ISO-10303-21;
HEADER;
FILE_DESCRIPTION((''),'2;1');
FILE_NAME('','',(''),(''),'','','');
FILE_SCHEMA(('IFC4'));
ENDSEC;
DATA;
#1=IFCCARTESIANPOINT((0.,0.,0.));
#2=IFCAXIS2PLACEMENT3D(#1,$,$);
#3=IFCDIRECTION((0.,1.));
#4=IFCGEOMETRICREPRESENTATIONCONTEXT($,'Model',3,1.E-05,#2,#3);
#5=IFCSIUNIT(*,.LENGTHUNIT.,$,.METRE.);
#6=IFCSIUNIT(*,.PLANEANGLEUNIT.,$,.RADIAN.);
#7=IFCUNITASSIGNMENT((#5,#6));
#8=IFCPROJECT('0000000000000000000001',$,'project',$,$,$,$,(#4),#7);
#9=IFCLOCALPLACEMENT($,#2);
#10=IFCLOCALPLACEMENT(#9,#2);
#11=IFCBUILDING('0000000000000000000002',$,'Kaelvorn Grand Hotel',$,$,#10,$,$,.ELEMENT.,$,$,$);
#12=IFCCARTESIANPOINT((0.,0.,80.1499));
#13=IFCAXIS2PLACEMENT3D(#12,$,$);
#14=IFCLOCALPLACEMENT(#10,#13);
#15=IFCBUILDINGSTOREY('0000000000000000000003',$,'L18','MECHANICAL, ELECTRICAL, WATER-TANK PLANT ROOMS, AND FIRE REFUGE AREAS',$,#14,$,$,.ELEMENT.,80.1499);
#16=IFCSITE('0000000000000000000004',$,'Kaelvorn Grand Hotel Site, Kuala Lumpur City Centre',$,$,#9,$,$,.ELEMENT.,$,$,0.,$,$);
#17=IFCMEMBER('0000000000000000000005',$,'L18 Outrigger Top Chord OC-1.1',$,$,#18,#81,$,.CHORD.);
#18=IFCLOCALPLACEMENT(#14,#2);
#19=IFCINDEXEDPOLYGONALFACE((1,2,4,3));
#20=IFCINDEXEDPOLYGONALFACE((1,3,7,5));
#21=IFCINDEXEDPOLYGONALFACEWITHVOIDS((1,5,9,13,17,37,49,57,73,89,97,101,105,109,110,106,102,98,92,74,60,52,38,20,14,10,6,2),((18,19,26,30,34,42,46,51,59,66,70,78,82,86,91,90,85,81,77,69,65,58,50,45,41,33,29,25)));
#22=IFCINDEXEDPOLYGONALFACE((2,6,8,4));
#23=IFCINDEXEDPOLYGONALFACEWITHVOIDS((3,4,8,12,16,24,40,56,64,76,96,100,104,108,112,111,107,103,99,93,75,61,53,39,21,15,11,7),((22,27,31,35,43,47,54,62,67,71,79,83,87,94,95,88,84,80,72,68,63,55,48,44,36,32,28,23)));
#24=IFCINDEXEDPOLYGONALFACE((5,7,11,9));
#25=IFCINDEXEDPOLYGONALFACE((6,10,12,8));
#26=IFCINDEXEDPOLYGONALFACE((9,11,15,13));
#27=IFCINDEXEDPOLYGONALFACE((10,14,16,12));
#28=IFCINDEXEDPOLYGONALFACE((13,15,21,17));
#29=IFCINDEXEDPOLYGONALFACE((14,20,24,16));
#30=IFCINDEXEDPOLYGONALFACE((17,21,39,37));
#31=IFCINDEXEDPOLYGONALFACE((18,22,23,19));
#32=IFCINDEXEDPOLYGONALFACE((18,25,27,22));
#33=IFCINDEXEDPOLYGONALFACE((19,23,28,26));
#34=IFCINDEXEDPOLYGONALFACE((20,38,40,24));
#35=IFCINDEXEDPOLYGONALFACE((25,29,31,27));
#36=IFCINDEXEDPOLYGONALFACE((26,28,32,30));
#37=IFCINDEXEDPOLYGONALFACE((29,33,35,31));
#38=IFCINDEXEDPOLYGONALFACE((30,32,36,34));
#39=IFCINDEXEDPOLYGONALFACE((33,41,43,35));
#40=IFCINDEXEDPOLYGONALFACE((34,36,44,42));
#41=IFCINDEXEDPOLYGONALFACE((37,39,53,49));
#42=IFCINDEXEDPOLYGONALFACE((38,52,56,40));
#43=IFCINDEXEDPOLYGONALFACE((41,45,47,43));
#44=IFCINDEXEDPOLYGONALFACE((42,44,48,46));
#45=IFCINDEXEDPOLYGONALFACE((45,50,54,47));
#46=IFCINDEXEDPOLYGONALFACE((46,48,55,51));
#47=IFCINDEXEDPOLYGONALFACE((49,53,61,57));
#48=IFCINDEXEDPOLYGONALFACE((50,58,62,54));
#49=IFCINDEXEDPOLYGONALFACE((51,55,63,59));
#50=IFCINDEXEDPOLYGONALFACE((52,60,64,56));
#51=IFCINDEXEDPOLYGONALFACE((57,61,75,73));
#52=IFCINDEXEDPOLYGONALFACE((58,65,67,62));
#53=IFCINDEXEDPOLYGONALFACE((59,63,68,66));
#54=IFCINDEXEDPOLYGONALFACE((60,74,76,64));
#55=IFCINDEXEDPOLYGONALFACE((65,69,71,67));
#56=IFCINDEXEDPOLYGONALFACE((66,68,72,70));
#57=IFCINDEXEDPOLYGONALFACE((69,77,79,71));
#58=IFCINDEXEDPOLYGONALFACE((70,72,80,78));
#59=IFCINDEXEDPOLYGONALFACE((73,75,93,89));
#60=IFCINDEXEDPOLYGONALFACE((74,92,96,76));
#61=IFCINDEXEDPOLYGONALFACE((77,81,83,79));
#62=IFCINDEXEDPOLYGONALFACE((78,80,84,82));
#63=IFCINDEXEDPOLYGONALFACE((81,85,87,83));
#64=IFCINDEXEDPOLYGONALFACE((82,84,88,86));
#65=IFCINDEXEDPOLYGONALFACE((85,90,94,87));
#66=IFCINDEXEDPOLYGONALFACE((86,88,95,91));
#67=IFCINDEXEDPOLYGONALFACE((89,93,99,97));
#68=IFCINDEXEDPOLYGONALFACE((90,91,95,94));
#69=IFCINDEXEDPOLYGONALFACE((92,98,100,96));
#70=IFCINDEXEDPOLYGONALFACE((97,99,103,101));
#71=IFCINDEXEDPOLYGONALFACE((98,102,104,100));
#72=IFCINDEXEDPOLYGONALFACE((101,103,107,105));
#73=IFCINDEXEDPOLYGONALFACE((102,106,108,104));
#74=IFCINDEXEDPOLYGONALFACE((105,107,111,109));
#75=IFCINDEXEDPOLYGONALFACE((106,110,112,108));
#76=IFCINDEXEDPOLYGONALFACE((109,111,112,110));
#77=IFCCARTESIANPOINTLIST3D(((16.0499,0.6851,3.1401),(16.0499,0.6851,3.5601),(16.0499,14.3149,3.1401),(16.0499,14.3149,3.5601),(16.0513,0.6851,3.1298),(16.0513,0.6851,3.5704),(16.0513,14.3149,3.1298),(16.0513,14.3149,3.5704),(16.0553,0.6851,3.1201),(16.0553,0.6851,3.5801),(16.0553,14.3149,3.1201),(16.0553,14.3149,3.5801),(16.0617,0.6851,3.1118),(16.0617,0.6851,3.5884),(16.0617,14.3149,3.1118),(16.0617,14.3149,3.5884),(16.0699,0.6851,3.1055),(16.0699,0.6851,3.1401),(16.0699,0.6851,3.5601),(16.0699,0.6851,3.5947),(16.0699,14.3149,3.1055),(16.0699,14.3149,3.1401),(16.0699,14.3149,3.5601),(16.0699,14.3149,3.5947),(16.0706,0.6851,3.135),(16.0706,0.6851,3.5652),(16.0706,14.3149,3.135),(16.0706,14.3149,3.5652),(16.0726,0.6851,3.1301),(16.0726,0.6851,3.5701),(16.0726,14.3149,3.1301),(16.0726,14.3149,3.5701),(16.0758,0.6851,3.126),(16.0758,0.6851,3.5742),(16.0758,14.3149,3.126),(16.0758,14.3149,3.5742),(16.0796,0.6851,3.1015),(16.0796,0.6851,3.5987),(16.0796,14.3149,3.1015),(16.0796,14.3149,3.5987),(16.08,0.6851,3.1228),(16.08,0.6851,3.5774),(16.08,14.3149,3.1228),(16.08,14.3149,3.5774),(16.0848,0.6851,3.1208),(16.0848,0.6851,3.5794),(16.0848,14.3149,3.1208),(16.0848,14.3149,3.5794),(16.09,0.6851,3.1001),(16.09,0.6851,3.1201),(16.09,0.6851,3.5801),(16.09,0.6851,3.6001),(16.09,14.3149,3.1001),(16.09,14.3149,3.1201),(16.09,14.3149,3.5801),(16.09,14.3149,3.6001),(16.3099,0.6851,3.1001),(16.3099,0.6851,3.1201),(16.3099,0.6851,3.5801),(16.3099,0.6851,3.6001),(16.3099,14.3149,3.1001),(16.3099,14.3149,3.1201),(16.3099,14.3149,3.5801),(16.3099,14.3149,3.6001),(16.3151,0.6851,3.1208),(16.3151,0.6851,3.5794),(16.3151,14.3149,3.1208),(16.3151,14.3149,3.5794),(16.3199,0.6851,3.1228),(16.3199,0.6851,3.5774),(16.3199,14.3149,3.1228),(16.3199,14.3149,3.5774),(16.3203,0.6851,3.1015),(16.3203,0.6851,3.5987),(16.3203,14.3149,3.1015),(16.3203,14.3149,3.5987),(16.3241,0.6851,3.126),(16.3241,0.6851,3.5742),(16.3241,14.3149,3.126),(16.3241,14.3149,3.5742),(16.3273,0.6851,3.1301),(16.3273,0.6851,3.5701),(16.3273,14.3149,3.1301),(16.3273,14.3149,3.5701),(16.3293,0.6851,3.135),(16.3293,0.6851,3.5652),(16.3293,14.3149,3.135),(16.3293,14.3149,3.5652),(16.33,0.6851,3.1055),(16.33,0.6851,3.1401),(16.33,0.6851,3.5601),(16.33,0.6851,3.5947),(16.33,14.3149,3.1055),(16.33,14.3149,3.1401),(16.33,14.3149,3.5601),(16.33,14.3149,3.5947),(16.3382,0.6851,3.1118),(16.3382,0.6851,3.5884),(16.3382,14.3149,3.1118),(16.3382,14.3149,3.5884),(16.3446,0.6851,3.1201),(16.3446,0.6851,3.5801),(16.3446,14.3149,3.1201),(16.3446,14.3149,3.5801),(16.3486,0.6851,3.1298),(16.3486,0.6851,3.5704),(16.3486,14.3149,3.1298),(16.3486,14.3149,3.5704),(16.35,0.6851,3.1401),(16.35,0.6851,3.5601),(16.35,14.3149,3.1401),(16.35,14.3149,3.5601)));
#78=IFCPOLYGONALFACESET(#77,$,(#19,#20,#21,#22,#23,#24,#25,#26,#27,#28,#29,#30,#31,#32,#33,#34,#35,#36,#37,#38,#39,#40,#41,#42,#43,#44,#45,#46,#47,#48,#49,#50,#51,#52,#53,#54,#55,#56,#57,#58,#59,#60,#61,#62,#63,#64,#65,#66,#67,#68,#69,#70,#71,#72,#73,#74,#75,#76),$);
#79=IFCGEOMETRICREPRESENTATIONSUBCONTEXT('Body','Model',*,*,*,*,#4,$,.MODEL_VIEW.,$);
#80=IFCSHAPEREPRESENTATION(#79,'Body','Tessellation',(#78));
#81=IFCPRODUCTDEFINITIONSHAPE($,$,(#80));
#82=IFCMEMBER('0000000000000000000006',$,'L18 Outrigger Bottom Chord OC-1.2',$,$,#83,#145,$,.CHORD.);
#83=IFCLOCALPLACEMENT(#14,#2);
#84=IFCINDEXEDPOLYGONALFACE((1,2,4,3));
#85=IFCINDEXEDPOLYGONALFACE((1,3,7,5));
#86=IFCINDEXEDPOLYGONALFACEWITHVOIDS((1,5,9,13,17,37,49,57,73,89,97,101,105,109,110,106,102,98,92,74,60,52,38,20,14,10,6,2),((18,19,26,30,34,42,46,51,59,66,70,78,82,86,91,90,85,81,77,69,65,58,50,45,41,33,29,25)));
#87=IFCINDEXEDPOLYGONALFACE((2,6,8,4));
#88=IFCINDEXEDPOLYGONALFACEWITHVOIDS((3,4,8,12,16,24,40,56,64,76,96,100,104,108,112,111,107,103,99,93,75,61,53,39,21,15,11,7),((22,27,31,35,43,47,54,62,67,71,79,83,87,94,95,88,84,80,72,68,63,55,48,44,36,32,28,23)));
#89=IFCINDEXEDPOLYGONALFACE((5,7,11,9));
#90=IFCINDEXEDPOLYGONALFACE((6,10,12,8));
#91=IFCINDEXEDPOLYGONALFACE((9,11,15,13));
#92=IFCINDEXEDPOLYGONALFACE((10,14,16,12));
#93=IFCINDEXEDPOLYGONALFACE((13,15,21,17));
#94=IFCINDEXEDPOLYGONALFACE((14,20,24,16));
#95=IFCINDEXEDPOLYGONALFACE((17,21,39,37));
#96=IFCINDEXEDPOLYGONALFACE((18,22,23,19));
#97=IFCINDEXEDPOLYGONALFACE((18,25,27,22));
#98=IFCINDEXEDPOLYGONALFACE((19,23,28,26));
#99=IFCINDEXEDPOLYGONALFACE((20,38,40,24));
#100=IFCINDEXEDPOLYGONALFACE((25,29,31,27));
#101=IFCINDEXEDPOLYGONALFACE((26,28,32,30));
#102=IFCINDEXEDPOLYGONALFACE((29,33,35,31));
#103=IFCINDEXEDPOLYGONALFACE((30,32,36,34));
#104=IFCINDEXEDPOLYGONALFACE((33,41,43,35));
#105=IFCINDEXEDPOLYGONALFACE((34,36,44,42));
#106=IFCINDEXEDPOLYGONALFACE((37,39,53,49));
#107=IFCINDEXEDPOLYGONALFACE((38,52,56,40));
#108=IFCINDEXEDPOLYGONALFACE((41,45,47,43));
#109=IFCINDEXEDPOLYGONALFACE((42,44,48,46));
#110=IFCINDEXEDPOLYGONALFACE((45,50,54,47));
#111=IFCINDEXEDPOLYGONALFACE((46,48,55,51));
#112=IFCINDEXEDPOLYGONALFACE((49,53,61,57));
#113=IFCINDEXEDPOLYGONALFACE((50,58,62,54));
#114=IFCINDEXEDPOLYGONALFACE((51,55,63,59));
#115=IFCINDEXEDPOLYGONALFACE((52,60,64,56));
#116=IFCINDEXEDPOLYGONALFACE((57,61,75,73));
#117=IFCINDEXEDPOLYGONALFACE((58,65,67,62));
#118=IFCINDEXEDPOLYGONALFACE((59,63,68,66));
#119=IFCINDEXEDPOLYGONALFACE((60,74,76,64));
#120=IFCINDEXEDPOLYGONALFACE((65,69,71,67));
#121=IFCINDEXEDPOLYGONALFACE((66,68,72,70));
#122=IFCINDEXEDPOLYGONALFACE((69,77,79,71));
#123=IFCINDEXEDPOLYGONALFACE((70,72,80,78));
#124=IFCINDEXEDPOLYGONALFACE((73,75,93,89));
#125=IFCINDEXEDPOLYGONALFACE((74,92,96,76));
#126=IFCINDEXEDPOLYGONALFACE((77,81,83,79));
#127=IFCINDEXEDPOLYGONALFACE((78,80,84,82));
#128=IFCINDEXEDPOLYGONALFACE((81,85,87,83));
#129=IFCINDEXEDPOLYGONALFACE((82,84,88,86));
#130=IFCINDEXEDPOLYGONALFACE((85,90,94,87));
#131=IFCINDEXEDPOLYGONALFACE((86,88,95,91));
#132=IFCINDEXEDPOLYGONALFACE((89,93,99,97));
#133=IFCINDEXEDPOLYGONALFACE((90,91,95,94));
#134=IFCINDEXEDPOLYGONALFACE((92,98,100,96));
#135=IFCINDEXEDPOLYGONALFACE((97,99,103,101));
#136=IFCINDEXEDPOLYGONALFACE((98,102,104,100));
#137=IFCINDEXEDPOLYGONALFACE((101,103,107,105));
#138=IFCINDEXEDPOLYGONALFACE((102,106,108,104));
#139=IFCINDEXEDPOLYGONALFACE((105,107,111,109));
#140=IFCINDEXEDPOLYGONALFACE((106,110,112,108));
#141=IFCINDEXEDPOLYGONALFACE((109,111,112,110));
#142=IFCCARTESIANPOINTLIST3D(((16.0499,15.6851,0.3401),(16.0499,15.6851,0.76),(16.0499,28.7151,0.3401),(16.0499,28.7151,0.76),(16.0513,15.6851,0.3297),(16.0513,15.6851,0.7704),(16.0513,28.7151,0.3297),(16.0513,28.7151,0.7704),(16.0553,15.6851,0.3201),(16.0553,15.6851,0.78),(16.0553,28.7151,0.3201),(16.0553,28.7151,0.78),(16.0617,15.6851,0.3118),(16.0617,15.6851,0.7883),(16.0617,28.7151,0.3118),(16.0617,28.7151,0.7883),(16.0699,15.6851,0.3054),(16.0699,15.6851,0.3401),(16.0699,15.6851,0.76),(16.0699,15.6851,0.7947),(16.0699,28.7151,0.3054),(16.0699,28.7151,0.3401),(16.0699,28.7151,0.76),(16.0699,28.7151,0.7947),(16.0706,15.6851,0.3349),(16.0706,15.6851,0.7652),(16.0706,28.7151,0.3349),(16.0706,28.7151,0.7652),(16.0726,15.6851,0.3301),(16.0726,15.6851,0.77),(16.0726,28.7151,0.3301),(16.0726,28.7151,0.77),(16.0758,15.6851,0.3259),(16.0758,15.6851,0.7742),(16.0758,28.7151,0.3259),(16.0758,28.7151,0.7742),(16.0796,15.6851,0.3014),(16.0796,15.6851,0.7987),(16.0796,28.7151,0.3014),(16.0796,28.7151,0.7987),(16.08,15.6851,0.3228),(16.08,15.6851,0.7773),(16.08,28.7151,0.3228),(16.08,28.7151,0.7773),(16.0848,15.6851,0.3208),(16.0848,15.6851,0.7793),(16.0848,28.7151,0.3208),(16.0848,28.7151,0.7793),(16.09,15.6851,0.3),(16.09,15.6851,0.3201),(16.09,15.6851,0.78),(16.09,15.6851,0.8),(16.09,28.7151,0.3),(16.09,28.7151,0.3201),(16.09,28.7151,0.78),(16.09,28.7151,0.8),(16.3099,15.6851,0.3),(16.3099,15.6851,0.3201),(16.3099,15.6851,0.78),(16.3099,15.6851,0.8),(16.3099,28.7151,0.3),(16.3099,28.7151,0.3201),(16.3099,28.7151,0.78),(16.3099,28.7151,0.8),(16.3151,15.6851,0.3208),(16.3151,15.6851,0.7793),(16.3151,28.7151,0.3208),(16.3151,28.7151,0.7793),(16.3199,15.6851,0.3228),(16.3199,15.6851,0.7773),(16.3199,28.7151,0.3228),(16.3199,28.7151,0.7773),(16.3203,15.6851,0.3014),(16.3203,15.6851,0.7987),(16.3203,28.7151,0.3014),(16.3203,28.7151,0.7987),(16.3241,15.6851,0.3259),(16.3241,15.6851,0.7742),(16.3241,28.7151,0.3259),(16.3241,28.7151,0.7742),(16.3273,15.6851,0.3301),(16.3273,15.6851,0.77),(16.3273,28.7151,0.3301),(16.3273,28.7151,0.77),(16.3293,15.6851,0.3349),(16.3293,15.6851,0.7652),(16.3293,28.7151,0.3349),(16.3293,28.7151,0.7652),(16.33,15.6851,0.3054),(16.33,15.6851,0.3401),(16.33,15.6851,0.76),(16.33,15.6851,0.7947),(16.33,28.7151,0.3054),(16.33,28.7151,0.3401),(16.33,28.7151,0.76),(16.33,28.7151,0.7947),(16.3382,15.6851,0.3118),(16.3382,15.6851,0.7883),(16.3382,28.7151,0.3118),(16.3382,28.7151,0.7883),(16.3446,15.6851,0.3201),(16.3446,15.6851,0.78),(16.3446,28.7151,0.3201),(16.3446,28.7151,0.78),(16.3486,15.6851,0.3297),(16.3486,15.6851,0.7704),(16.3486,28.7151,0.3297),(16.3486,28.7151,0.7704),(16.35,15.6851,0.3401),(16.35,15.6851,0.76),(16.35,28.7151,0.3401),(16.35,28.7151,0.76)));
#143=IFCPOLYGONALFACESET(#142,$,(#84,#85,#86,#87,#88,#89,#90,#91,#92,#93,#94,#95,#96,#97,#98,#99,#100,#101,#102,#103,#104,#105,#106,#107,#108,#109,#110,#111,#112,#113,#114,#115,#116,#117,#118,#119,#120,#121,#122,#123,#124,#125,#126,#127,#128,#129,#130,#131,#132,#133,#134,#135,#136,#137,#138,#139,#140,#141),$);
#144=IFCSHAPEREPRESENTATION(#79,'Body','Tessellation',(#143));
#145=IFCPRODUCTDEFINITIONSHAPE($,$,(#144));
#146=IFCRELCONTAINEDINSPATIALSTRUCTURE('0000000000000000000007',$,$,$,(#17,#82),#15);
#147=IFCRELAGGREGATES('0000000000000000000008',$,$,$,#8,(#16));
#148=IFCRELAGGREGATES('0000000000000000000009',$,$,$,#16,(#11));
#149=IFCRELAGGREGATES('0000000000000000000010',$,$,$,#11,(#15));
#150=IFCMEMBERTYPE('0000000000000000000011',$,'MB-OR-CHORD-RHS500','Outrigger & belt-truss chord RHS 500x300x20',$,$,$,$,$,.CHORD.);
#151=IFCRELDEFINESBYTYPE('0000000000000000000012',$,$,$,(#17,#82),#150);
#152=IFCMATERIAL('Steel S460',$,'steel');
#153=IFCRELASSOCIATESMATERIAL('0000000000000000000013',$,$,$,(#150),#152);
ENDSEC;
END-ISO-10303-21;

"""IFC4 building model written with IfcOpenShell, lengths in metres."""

from ifc_helpers import new_model, si_unit, direction, frame, origin, origin_2d, place, context, subcontext, project, spatial, hollow_rectangle, extrude, material, material_profile, profile_set, type_object, element, save


model = new_model("IFC4")

# Units and contexts
model_context = context("Model", 3, precision=1e-05, world=origin(), true_north=direction((0.0, 1.0)))
body_context = subcontext(model_context, "Body", "Model", "MODEL_VIEW")
ifc_project = project(units=[si_unit("LENGTHUNIT", "METRE"), si_unit("PLANEANGLEUNIT", "RADIAN")], contexts=[model_context])

# Site, building, storey
site_placement = place(None, origin())
site = spatial("IfcSite", under=ifc_project, at=site_placement, Name="Kaelvorn Grand Hotel Site, Kuala Lumpur City Centre", CompositionType="ELEMENT", RefElevation=0.0)
building_placement = place(site_placement, origin())
building = spatial("IfcBuilding", under=site, at=building_placement, Name="Kaelvorn Grand Hotel", CompositionType="ELEMENT")
storey_placement = place(building_placement, frame((0.0, 0.0, 80.1499)))
storey = spatial("IfcBuildingStorey", under=building, at=storey_placement, Name="L18", Description="MECHANICAL, ELECTRICAL, WATER-TANK PLANT ROOMS, AND FIRE REFUGE AREAS", CompositionType="ELEMENT", Elevation=80.1499)

# Shared definitions
ifc_material_1 = material(Name="Steel S460", Category="steel")

# Members
ifc_material_profile_1 = material_profile(ifc_material_1, hollow_rectangle(XDim=0.3, YDim=0.5, WallThickness=0.02, InnerFilletRadius=0.02, OuterFilletRadius=0.04, at=origin_2d()), Name="RHS 500x300x20.0")
ifc_profile_set_1 = profile_set([ifc_material_profile_1], Name="Steel S460")
member_type_1 = type_object("IfcMemberType", Name="MB-OR-CHORD-RHS500", Description="Outrigger & belt-truss chord RHS 500x300x20", PredefinedType="CHORD", material=ifc_profile_set_1)
member_1_placement = place(storey_placement, frame((16.2, 0.6851, 3.3501), z_axis=(0.0, 1.0, 0.0), x_axis=(-1.0, 0.0, 0.0)))
element("IfcMember", 1, at=member_1_placement, inside=storey, type_object=member_type_1, Name="L18 Outrigger Top Chord OC-1.1", PredefinedType="CHORD", context=body_context, shape_type="SweptSolid", body=[
    extrude(hollow_rectangle(XDim=0.3, YDim=0.5, WallThickness=0.02, InnerFilletRadius=0.02, OuterFilletRadius=0.04, at=origin_2d()), origin(), (0.0, 0.0, 1.0), 13.6299),
])
for number, where, z_axis, x_axis, name in (
    (2, (16.2, 15.6851, 0.55), (0.0, 1.0, 0.0), (-1.0, 0.0, 0.0), "L18 Outrigger Bottom Chord OC-1.2"),
):
    element("IfcMember", number, at=place(storey_placement, frame(where, z_axis=z_axis, x_axis=x_axis)), inside=storey, type_object=member_type_1, Name=name, PredefinedType="CHORD", context=body_context, shape_type="SweptSolid", body=[
        extrude(hollow_rectangle(XDim=0.3, YDim=0.5, WallThickness=0.02, InnerFilletRadius=0.02, OuterFilletRadius=0.04, at=origin_2d()), origin(), (0.0, 0.0, 1.0), 13.03),
    ])

save(model, "model.ifc")
